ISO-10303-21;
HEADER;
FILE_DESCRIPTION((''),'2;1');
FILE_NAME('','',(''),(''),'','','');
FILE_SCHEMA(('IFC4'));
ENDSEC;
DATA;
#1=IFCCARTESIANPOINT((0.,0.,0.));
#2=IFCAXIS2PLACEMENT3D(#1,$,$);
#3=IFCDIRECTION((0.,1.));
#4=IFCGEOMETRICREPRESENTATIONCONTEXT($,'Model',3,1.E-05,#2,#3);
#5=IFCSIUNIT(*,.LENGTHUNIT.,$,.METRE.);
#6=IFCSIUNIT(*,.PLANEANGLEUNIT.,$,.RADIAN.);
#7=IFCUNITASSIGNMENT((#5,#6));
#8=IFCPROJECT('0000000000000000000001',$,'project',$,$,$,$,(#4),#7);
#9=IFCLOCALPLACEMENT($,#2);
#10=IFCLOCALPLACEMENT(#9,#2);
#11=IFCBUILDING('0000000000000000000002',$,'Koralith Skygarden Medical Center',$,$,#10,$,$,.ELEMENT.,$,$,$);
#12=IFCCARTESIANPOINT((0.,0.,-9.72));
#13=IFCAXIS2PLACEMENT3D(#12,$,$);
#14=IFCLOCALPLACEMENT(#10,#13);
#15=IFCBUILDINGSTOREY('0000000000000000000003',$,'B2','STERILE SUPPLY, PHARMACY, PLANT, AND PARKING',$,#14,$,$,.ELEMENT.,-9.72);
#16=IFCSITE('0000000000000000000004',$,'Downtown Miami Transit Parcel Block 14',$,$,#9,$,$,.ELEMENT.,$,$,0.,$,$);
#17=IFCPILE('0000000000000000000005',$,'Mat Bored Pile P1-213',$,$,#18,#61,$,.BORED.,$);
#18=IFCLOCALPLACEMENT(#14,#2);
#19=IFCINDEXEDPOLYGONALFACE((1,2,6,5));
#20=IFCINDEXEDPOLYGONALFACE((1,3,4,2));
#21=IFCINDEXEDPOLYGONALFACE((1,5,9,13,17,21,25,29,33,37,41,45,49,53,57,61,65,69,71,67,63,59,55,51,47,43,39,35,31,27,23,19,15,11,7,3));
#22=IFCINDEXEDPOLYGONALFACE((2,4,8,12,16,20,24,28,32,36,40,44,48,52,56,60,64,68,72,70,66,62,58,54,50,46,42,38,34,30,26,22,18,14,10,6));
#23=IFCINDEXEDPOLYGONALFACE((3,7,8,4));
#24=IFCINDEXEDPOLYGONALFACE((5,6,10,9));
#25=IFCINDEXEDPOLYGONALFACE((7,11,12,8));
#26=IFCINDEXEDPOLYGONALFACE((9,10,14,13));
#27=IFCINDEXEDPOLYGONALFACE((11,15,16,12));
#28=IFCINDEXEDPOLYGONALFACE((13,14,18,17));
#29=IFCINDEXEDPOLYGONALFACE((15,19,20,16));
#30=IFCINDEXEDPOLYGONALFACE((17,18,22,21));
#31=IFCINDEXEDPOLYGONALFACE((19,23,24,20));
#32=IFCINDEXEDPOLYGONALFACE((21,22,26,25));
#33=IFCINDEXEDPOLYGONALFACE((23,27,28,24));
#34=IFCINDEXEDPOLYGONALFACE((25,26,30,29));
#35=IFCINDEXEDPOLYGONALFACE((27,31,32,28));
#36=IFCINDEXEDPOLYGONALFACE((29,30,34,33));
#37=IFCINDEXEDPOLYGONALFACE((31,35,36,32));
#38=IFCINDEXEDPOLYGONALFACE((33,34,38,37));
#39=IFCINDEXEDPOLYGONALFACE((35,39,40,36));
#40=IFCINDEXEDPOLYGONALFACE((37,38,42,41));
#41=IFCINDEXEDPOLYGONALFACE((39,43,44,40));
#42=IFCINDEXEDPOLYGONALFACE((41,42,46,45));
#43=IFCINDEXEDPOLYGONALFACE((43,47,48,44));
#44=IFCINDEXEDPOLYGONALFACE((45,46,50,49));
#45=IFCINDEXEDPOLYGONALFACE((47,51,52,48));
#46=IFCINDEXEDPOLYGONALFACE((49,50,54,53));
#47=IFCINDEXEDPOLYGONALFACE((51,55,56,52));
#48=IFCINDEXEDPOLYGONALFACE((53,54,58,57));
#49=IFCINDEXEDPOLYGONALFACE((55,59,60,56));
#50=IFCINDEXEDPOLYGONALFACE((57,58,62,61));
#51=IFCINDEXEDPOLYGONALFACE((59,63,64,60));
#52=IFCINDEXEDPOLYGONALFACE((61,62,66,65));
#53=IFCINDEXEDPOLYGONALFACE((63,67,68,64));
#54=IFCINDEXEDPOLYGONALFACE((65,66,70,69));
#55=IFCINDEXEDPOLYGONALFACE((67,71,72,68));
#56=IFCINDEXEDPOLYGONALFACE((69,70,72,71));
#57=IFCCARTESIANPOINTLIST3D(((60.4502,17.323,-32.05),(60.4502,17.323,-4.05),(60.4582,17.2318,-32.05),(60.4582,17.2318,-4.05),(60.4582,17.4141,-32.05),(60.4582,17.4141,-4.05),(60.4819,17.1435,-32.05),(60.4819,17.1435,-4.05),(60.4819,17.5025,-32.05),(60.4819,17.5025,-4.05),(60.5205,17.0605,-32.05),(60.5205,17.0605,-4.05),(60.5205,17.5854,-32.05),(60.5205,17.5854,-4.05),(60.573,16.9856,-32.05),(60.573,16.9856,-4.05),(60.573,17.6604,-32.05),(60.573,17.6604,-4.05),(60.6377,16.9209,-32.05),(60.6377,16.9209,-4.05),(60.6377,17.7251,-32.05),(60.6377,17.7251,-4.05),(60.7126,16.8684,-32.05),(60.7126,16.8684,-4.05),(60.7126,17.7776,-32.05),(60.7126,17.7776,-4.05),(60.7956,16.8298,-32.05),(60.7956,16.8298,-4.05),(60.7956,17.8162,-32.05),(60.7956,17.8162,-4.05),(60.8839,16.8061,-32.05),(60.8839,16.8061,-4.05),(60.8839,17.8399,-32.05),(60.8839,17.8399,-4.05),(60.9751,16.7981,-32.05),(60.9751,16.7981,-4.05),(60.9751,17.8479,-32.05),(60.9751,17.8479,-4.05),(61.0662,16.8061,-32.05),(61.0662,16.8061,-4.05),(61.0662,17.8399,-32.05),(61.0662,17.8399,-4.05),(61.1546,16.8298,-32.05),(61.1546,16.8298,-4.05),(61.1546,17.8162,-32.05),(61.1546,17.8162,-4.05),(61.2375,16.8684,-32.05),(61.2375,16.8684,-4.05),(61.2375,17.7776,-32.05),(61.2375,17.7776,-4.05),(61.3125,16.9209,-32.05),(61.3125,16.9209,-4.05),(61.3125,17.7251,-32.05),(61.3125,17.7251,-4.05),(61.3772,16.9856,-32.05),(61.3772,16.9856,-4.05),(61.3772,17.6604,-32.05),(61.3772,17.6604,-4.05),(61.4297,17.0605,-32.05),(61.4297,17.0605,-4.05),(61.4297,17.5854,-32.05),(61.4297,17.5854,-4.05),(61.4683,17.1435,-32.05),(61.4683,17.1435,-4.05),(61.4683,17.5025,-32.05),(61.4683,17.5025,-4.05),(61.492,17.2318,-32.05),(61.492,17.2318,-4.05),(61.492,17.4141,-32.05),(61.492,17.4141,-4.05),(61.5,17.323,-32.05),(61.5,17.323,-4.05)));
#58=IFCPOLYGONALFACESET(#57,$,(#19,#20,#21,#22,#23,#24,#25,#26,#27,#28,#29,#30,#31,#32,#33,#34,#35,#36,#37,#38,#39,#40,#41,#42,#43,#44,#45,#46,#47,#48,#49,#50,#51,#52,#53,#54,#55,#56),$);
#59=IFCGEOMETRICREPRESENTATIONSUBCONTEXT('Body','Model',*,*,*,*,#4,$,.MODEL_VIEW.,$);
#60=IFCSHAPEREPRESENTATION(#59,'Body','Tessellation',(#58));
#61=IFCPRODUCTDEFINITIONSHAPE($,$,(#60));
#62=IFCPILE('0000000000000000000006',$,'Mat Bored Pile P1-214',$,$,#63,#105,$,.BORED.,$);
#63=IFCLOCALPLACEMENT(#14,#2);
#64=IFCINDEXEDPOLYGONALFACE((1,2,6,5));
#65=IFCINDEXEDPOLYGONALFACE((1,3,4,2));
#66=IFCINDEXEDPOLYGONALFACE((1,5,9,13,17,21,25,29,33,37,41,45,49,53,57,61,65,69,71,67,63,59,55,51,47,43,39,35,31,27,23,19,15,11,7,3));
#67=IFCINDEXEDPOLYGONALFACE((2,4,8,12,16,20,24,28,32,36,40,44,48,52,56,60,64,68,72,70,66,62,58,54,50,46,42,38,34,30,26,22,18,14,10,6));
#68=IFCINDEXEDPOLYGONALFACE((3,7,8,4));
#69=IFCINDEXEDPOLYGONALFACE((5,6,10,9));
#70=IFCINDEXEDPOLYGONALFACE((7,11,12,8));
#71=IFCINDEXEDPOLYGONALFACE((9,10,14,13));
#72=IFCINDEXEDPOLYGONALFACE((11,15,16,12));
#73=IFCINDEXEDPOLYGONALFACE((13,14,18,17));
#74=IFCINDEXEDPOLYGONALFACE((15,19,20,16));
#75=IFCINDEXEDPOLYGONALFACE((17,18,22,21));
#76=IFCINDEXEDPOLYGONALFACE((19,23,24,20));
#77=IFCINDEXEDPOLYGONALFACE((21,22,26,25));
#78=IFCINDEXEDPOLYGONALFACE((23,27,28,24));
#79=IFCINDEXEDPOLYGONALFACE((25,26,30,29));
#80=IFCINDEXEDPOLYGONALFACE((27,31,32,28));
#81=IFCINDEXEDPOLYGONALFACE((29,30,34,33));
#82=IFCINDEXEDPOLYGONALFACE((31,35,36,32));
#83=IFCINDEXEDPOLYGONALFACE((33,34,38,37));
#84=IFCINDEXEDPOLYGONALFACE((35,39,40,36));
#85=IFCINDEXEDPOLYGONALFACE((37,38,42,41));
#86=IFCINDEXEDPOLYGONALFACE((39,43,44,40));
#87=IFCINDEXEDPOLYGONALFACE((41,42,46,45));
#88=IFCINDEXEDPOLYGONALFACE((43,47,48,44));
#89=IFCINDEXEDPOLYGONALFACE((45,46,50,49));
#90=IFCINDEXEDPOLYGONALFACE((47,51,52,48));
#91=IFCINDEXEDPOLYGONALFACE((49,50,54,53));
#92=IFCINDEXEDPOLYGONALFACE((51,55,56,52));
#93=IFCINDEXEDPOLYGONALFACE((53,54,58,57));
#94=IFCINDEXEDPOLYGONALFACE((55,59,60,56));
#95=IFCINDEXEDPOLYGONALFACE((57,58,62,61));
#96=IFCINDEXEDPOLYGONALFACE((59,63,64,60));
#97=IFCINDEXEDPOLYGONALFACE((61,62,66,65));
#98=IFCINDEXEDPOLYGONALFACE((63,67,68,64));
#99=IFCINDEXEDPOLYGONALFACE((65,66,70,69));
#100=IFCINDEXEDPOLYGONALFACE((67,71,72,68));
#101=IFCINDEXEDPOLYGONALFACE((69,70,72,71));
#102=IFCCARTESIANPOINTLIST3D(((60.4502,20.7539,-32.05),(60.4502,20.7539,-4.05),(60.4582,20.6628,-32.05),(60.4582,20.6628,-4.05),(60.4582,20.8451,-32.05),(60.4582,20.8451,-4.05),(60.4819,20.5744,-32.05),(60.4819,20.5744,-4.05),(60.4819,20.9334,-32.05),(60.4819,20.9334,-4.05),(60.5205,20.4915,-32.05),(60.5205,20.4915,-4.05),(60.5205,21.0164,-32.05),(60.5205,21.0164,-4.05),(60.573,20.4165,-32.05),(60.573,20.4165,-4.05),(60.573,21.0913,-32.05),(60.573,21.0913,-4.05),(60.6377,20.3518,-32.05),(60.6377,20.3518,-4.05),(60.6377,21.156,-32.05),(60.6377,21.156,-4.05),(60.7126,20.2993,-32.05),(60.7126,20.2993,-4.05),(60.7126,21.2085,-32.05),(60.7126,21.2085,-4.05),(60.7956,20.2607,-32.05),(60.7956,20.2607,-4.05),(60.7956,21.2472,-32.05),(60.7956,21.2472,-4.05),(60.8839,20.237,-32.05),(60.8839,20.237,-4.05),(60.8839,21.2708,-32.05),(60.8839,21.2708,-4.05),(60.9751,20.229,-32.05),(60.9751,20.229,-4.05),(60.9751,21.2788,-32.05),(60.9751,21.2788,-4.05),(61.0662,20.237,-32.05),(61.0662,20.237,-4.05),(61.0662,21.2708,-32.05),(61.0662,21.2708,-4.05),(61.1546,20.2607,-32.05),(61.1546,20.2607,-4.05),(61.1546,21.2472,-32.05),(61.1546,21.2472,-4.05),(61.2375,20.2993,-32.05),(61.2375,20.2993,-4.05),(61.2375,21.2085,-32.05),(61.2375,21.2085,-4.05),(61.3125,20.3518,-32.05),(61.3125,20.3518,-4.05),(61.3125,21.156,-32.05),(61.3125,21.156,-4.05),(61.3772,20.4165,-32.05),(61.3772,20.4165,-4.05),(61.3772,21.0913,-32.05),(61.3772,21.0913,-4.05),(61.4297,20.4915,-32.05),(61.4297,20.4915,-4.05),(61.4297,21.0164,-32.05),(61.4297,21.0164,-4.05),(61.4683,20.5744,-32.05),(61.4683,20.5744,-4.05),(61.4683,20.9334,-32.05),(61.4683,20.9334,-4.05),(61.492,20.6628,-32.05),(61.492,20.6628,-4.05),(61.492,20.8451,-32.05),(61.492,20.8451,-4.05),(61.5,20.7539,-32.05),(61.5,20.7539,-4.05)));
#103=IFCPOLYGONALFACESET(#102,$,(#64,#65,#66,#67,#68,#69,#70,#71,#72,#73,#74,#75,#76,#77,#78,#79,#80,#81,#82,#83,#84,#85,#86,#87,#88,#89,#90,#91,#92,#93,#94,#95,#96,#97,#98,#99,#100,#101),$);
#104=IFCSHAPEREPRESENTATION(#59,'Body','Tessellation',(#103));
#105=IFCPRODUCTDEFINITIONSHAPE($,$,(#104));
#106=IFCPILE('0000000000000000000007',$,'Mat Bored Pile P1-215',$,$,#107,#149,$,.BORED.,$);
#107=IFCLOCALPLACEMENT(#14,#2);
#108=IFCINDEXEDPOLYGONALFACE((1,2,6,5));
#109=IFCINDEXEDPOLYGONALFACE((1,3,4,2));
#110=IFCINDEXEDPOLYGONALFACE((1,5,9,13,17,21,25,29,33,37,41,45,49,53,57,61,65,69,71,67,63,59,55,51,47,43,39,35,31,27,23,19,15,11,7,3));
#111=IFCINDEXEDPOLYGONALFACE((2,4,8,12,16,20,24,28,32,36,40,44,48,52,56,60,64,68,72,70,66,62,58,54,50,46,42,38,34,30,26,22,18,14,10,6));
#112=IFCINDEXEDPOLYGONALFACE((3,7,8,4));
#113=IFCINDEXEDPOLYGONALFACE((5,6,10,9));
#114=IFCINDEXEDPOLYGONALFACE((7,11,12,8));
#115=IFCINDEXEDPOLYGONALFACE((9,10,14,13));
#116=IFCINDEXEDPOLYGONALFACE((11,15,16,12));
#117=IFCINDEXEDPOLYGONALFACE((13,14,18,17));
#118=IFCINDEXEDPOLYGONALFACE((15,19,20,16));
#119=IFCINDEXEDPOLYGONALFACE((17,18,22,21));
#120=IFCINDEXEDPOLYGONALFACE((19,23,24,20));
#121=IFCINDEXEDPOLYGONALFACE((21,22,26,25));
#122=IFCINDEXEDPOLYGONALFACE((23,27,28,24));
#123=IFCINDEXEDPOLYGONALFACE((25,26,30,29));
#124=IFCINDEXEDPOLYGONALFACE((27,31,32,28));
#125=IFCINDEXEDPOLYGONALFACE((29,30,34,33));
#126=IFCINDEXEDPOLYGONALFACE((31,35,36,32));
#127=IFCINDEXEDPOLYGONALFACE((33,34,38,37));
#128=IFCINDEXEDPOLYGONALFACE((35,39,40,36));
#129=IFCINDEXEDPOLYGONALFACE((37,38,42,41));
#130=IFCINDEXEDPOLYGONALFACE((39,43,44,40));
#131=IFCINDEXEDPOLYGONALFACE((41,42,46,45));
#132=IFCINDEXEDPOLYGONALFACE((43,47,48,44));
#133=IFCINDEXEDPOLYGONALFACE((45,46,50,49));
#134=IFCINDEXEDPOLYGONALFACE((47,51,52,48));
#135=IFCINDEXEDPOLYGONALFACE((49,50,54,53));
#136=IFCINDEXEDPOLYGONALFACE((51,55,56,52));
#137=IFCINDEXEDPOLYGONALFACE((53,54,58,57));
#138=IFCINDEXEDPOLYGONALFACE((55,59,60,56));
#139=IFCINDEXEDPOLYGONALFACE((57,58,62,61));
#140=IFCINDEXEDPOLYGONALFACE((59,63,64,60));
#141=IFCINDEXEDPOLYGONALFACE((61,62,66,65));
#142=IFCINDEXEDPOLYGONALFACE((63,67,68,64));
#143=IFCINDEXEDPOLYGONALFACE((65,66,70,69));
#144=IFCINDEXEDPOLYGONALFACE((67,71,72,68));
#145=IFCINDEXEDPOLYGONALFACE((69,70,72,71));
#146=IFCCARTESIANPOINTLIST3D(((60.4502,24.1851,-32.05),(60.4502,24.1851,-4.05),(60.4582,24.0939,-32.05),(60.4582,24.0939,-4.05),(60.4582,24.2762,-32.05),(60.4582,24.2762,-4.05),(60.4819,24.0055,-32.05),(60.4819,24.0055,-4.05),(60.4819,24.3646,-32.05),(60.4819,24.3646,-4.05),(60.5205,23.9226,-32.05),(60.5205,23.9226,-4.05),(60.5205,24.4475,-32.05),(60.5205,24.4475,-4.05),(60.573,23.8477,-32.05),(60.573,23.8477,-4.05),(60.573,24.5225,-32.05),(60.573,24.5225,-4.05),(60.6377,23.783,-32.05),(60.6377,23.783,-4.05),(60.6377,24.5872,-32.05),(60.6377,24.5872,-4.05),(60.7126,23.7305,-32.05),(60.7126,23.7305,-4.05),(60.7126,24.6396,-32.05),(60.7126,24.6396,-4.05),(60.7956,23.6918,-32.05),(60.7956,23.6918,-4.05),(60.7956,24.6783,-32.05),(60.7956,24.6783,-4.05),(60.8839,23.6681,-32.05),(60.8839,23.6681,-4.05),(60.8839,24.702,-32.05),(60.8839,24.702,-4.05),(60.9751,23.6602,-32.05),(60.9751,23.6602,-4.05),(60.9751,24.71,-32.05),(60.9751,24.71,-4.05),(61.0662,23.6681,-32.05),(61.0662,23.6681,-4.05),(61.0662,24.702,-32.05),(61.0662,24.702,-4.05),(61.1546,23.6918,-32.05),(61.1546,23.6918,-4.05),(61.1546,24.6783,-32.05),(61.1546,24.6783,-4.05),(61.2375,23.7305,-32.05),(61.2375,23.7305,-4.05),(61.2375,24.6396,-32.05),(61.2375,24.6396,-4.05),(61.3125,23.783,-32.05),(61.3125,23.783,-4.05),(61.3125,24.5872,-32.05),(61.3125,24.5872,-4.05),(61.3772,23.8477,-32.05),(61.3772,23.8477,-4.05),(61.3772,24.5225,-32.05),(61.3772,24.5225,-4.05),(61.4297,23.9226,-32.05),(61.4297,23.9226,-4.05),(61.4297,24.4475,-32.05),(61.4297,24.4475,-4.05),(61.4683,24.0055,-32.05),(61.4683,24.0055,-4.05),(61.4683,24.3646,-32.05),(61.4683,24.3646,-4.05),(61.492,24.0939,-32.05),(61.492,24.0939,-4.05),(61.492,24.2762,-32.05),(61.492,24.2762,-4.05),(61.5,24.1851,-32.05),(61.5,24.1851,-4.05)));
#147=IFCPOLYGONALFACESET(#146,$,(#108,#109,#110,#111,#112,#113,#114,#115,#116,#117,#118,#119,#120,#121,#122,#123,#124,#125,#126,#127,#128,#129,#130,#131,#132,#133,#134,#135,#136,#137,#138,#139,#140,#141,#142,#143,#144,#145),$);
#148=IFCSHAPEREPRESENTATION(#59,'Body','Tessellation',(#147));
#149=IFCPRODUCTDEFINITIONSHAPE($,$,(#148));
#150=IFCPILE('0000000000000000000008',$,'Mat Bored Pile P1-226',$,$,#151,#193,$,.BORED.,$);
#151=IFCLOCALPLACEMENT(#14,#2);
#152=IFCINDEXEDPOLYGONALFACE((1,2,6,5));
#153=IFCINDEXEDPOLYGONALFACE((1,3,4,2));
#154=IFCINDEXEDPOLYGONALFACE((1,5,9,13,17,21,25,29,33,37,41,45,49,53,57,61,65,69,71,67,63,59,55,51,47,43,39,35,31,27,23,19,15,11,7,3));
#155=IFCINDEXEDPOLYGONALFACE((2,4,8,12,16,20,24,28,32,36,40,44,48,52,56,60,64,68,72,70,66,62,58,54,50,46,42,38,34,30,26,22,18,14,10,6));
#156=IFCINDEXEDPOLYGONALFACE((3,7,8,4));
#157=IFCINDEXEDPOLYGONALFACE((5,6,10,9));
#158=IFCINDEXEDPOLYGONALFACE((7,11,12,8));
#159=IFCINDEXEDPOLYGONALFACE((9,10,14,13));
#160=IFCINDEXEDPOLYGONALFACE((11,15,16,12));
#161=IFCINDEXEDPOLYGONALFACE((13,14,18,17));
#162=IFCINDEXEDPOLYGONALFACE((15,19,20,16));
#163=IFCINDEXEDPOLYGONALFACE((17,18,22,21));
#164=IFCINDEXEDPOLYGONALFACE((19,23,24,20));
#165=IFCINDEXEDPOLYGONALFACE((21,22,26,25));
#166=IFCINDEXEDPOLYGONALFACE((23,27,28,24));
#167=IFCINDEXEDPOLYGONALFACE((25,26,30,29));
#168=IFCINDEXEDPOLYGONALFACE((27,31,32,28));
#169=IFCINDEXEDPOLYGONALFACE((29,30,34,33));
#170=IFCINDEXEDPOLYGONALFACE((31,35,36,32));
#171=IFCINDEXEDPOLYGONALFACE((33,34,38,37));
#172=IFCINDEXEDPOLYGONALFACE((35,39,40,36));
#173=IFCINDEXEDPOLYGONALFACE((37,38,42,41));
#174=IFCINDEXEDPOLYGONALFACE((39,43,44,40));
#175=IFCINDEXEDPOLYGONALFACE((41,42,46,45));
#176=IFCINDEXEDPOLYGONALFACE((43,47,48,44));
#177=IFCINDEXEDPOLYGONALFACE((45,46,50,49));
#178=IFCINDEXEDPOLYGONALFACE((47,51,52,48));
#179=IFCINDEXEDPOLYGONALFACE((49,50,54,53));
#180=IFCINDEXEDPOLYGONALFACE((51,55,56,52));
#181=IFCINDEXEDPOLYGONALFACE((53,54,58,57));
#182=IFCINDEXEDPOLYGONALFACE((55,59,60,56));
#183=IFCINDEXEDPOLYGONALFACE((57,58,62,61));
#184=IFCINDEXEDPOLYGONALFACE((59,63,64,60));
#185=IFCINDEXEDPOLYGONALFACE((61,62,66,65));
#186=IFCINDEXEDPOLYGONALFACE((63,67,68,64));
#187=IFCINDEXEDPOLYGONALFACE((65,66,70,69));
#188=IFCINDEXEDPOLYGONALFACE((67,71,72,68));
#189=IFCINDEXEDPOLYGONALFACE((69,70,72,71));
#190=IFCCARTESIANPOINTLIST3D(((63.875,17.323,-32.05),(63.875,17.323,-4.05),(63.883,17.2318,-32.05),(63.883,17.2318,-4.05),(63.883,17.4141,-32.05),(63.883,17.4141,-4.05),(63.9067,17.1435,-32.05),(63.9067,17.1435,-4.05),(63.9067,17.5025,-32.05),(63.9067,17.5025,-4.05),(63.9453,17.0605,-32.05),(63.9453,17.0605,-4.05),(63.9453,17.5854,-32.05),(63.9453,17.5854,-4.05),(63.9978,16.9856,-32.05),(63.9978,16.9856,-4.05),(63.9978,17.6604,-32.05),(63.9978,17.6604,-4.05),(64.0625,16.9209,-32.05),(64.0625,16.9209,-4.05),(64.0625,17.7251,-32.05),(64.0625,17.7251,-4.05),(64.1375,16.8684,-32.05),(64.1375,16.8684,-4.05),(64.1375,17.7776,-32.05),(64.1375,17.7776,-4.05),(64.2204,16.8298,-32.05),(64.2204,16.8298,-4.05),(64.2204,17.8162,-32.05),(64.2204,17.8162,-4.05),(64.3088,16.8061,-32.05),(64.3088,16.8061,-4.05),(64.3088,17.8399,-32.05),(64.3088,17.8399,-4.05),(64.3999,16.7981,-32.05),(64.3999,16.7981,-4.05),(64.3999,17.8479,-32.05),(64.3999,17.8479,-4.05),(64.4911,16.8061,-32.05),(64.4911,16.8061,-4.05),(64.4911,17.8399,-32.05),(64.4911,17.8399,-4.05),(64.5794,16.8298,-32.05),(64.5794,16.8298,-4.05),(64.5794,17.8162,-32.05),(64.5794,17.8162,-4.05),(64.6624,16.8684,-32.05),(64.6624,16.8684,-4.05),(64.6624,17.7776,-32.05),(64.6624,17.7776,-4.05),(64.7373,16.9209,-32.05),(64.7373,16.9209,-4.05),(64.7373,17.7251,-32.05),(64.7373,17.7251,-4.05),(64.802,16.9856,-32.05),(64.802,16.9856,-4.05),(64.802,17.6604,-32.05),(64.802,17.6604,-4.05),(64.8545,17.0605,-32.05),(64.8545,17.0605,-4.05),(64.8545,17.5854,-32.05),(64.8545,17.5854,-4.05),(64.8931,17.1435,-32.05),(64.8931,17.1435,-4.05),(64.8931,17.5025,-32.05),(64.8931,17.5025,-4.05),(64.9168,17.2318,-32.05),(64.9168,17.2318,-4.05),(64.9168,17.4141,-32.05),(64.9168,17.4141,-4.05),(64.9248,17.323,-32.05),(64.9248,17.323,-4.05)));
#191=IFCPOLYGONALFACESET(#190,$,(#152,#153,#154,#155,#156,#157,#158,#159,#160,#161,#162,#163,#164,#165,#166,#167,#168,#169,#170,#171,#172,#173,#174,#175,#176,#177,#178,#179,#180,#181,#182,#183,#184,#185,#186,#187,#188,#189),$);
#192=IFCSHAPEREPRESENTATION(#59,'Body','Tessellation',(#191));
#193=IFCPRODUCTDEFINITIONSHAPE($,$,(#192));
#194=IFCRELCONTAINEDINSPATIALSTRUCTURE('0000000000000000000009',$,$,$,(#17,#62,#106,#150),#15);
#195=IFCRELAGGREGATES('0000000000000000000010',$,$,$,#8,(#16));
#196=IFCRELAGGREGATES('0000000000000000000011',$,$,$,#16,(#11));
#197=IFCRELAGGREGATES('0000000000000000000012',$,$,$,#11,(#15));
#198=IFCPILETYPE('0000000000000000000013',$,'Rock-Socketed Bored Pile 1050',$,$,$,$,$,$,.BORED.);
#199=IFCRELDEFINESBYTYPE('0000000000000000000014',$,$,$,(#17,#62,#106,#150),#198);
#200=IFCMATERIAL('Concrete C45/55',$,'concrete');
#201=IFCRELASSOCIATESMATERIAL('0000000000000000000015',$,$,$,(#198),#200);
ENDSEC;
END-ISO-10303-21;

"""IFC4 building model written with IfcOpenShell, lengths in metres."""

from ifc_helpers import new_model, si_unit, direction, frame, origin, origin_2d, place, context, subcontext, project, spatial, circle, extrude, material, material_profile, profile_set, type_object, element, save


model = new_model("IFC4")

# Units and contexts
model_context = context("Model", 3, precision=1e-05, world=origin(), true_north=direction((0.0, 1.0)))
body_context = subcontext(model_context, "Body", "Model", "MODEL_VIEW")
ifc_project = project(units=[si_unit("LENGTHUNIT", "METRE"), si_unit("PLANEANGLEUNIT", "RADIAN")], contexts=[model_context])

# Site, building, storey
site_placement = place(None, origin())
site = spatial("IfcSite", under=ifc_project, at=site_placement, Name="Downtown Miami Transit Parcel Block 14", CompositionType="ELEMENT", RefElevation=0.0)
building_placement = place(site_placement, origin())
building = spatial("IfcBuilding", under=site, at=building_placement, Name="Koralith Skygarden Medical Center", CompositionType="ELEMENT")
storey_placement = place(building_placement, frame((0.0, 0.0, -9.72)))
storey = spatial("IfcBuildingStorey", under=building, at=storey_placement, Name="B2", Description="STERILE SUPPLY, PHARMACY, PLANT, AND PARKING", CompositionType="ELEMENT", Elevation=-9.72)

# Piles
ifc_material_1 = material(Name="Concrete C45/55", Category="concrete")
ifc_material_profile_1 = material_profile(ifc_material_1, circle(Radius=0.5249, at=origin_2d()), Name="PILE1050")
ifc_profile_set_1 = profile_set([ifc_material_profile_1], Name="Concrete C45/55")
pile_type = type_object("IfcPileType", Name="Rock-Socketed Bored Pile 1050", PredefinedType="BORED", material=ifc_profile_set_1)
for number, where, z_axis, x_axis, name in (
    (1, (60.9751, 17.323, -4.05), (0.0, 0.0, -1.0), (1.0, 0.0, 0.0), "Mat Bored Pile P1-213"),
    (2, (60.9751, 20.7539, -4.05), (0.0, 0.0, -1.0), (1.0, 0.0, 0.0), "Mat Bored Pile P1-214"),
    (3, (60.9751, 24.1851, -4.05), (0.0, 0.0, -1.0), (1.0, 0.0, 0.0), "Mat Bored Pile P1-215"),
    (4, (64.3999, 17.323, -4.05), (0.0, 0.0, -1.0), (1.0, 0.0, 0.0), "Mat Bored Pile P1-226"),
):
    element("IfcPile", number, at=place(storey_placement, frame(where, z_axis=z_axis, x_axis=x_axis)), inside=storey, type_object=pile_type, Name=name, PredefinedType="BORED", context=body_context, shape_type="SweptSolid", body=[
        extrude(circle(Radius=0.5249, at=origin_2d()), origin(), (0.0, 0.0, 1.0), 28.0),
    ])

save(model, "model.ifc")
